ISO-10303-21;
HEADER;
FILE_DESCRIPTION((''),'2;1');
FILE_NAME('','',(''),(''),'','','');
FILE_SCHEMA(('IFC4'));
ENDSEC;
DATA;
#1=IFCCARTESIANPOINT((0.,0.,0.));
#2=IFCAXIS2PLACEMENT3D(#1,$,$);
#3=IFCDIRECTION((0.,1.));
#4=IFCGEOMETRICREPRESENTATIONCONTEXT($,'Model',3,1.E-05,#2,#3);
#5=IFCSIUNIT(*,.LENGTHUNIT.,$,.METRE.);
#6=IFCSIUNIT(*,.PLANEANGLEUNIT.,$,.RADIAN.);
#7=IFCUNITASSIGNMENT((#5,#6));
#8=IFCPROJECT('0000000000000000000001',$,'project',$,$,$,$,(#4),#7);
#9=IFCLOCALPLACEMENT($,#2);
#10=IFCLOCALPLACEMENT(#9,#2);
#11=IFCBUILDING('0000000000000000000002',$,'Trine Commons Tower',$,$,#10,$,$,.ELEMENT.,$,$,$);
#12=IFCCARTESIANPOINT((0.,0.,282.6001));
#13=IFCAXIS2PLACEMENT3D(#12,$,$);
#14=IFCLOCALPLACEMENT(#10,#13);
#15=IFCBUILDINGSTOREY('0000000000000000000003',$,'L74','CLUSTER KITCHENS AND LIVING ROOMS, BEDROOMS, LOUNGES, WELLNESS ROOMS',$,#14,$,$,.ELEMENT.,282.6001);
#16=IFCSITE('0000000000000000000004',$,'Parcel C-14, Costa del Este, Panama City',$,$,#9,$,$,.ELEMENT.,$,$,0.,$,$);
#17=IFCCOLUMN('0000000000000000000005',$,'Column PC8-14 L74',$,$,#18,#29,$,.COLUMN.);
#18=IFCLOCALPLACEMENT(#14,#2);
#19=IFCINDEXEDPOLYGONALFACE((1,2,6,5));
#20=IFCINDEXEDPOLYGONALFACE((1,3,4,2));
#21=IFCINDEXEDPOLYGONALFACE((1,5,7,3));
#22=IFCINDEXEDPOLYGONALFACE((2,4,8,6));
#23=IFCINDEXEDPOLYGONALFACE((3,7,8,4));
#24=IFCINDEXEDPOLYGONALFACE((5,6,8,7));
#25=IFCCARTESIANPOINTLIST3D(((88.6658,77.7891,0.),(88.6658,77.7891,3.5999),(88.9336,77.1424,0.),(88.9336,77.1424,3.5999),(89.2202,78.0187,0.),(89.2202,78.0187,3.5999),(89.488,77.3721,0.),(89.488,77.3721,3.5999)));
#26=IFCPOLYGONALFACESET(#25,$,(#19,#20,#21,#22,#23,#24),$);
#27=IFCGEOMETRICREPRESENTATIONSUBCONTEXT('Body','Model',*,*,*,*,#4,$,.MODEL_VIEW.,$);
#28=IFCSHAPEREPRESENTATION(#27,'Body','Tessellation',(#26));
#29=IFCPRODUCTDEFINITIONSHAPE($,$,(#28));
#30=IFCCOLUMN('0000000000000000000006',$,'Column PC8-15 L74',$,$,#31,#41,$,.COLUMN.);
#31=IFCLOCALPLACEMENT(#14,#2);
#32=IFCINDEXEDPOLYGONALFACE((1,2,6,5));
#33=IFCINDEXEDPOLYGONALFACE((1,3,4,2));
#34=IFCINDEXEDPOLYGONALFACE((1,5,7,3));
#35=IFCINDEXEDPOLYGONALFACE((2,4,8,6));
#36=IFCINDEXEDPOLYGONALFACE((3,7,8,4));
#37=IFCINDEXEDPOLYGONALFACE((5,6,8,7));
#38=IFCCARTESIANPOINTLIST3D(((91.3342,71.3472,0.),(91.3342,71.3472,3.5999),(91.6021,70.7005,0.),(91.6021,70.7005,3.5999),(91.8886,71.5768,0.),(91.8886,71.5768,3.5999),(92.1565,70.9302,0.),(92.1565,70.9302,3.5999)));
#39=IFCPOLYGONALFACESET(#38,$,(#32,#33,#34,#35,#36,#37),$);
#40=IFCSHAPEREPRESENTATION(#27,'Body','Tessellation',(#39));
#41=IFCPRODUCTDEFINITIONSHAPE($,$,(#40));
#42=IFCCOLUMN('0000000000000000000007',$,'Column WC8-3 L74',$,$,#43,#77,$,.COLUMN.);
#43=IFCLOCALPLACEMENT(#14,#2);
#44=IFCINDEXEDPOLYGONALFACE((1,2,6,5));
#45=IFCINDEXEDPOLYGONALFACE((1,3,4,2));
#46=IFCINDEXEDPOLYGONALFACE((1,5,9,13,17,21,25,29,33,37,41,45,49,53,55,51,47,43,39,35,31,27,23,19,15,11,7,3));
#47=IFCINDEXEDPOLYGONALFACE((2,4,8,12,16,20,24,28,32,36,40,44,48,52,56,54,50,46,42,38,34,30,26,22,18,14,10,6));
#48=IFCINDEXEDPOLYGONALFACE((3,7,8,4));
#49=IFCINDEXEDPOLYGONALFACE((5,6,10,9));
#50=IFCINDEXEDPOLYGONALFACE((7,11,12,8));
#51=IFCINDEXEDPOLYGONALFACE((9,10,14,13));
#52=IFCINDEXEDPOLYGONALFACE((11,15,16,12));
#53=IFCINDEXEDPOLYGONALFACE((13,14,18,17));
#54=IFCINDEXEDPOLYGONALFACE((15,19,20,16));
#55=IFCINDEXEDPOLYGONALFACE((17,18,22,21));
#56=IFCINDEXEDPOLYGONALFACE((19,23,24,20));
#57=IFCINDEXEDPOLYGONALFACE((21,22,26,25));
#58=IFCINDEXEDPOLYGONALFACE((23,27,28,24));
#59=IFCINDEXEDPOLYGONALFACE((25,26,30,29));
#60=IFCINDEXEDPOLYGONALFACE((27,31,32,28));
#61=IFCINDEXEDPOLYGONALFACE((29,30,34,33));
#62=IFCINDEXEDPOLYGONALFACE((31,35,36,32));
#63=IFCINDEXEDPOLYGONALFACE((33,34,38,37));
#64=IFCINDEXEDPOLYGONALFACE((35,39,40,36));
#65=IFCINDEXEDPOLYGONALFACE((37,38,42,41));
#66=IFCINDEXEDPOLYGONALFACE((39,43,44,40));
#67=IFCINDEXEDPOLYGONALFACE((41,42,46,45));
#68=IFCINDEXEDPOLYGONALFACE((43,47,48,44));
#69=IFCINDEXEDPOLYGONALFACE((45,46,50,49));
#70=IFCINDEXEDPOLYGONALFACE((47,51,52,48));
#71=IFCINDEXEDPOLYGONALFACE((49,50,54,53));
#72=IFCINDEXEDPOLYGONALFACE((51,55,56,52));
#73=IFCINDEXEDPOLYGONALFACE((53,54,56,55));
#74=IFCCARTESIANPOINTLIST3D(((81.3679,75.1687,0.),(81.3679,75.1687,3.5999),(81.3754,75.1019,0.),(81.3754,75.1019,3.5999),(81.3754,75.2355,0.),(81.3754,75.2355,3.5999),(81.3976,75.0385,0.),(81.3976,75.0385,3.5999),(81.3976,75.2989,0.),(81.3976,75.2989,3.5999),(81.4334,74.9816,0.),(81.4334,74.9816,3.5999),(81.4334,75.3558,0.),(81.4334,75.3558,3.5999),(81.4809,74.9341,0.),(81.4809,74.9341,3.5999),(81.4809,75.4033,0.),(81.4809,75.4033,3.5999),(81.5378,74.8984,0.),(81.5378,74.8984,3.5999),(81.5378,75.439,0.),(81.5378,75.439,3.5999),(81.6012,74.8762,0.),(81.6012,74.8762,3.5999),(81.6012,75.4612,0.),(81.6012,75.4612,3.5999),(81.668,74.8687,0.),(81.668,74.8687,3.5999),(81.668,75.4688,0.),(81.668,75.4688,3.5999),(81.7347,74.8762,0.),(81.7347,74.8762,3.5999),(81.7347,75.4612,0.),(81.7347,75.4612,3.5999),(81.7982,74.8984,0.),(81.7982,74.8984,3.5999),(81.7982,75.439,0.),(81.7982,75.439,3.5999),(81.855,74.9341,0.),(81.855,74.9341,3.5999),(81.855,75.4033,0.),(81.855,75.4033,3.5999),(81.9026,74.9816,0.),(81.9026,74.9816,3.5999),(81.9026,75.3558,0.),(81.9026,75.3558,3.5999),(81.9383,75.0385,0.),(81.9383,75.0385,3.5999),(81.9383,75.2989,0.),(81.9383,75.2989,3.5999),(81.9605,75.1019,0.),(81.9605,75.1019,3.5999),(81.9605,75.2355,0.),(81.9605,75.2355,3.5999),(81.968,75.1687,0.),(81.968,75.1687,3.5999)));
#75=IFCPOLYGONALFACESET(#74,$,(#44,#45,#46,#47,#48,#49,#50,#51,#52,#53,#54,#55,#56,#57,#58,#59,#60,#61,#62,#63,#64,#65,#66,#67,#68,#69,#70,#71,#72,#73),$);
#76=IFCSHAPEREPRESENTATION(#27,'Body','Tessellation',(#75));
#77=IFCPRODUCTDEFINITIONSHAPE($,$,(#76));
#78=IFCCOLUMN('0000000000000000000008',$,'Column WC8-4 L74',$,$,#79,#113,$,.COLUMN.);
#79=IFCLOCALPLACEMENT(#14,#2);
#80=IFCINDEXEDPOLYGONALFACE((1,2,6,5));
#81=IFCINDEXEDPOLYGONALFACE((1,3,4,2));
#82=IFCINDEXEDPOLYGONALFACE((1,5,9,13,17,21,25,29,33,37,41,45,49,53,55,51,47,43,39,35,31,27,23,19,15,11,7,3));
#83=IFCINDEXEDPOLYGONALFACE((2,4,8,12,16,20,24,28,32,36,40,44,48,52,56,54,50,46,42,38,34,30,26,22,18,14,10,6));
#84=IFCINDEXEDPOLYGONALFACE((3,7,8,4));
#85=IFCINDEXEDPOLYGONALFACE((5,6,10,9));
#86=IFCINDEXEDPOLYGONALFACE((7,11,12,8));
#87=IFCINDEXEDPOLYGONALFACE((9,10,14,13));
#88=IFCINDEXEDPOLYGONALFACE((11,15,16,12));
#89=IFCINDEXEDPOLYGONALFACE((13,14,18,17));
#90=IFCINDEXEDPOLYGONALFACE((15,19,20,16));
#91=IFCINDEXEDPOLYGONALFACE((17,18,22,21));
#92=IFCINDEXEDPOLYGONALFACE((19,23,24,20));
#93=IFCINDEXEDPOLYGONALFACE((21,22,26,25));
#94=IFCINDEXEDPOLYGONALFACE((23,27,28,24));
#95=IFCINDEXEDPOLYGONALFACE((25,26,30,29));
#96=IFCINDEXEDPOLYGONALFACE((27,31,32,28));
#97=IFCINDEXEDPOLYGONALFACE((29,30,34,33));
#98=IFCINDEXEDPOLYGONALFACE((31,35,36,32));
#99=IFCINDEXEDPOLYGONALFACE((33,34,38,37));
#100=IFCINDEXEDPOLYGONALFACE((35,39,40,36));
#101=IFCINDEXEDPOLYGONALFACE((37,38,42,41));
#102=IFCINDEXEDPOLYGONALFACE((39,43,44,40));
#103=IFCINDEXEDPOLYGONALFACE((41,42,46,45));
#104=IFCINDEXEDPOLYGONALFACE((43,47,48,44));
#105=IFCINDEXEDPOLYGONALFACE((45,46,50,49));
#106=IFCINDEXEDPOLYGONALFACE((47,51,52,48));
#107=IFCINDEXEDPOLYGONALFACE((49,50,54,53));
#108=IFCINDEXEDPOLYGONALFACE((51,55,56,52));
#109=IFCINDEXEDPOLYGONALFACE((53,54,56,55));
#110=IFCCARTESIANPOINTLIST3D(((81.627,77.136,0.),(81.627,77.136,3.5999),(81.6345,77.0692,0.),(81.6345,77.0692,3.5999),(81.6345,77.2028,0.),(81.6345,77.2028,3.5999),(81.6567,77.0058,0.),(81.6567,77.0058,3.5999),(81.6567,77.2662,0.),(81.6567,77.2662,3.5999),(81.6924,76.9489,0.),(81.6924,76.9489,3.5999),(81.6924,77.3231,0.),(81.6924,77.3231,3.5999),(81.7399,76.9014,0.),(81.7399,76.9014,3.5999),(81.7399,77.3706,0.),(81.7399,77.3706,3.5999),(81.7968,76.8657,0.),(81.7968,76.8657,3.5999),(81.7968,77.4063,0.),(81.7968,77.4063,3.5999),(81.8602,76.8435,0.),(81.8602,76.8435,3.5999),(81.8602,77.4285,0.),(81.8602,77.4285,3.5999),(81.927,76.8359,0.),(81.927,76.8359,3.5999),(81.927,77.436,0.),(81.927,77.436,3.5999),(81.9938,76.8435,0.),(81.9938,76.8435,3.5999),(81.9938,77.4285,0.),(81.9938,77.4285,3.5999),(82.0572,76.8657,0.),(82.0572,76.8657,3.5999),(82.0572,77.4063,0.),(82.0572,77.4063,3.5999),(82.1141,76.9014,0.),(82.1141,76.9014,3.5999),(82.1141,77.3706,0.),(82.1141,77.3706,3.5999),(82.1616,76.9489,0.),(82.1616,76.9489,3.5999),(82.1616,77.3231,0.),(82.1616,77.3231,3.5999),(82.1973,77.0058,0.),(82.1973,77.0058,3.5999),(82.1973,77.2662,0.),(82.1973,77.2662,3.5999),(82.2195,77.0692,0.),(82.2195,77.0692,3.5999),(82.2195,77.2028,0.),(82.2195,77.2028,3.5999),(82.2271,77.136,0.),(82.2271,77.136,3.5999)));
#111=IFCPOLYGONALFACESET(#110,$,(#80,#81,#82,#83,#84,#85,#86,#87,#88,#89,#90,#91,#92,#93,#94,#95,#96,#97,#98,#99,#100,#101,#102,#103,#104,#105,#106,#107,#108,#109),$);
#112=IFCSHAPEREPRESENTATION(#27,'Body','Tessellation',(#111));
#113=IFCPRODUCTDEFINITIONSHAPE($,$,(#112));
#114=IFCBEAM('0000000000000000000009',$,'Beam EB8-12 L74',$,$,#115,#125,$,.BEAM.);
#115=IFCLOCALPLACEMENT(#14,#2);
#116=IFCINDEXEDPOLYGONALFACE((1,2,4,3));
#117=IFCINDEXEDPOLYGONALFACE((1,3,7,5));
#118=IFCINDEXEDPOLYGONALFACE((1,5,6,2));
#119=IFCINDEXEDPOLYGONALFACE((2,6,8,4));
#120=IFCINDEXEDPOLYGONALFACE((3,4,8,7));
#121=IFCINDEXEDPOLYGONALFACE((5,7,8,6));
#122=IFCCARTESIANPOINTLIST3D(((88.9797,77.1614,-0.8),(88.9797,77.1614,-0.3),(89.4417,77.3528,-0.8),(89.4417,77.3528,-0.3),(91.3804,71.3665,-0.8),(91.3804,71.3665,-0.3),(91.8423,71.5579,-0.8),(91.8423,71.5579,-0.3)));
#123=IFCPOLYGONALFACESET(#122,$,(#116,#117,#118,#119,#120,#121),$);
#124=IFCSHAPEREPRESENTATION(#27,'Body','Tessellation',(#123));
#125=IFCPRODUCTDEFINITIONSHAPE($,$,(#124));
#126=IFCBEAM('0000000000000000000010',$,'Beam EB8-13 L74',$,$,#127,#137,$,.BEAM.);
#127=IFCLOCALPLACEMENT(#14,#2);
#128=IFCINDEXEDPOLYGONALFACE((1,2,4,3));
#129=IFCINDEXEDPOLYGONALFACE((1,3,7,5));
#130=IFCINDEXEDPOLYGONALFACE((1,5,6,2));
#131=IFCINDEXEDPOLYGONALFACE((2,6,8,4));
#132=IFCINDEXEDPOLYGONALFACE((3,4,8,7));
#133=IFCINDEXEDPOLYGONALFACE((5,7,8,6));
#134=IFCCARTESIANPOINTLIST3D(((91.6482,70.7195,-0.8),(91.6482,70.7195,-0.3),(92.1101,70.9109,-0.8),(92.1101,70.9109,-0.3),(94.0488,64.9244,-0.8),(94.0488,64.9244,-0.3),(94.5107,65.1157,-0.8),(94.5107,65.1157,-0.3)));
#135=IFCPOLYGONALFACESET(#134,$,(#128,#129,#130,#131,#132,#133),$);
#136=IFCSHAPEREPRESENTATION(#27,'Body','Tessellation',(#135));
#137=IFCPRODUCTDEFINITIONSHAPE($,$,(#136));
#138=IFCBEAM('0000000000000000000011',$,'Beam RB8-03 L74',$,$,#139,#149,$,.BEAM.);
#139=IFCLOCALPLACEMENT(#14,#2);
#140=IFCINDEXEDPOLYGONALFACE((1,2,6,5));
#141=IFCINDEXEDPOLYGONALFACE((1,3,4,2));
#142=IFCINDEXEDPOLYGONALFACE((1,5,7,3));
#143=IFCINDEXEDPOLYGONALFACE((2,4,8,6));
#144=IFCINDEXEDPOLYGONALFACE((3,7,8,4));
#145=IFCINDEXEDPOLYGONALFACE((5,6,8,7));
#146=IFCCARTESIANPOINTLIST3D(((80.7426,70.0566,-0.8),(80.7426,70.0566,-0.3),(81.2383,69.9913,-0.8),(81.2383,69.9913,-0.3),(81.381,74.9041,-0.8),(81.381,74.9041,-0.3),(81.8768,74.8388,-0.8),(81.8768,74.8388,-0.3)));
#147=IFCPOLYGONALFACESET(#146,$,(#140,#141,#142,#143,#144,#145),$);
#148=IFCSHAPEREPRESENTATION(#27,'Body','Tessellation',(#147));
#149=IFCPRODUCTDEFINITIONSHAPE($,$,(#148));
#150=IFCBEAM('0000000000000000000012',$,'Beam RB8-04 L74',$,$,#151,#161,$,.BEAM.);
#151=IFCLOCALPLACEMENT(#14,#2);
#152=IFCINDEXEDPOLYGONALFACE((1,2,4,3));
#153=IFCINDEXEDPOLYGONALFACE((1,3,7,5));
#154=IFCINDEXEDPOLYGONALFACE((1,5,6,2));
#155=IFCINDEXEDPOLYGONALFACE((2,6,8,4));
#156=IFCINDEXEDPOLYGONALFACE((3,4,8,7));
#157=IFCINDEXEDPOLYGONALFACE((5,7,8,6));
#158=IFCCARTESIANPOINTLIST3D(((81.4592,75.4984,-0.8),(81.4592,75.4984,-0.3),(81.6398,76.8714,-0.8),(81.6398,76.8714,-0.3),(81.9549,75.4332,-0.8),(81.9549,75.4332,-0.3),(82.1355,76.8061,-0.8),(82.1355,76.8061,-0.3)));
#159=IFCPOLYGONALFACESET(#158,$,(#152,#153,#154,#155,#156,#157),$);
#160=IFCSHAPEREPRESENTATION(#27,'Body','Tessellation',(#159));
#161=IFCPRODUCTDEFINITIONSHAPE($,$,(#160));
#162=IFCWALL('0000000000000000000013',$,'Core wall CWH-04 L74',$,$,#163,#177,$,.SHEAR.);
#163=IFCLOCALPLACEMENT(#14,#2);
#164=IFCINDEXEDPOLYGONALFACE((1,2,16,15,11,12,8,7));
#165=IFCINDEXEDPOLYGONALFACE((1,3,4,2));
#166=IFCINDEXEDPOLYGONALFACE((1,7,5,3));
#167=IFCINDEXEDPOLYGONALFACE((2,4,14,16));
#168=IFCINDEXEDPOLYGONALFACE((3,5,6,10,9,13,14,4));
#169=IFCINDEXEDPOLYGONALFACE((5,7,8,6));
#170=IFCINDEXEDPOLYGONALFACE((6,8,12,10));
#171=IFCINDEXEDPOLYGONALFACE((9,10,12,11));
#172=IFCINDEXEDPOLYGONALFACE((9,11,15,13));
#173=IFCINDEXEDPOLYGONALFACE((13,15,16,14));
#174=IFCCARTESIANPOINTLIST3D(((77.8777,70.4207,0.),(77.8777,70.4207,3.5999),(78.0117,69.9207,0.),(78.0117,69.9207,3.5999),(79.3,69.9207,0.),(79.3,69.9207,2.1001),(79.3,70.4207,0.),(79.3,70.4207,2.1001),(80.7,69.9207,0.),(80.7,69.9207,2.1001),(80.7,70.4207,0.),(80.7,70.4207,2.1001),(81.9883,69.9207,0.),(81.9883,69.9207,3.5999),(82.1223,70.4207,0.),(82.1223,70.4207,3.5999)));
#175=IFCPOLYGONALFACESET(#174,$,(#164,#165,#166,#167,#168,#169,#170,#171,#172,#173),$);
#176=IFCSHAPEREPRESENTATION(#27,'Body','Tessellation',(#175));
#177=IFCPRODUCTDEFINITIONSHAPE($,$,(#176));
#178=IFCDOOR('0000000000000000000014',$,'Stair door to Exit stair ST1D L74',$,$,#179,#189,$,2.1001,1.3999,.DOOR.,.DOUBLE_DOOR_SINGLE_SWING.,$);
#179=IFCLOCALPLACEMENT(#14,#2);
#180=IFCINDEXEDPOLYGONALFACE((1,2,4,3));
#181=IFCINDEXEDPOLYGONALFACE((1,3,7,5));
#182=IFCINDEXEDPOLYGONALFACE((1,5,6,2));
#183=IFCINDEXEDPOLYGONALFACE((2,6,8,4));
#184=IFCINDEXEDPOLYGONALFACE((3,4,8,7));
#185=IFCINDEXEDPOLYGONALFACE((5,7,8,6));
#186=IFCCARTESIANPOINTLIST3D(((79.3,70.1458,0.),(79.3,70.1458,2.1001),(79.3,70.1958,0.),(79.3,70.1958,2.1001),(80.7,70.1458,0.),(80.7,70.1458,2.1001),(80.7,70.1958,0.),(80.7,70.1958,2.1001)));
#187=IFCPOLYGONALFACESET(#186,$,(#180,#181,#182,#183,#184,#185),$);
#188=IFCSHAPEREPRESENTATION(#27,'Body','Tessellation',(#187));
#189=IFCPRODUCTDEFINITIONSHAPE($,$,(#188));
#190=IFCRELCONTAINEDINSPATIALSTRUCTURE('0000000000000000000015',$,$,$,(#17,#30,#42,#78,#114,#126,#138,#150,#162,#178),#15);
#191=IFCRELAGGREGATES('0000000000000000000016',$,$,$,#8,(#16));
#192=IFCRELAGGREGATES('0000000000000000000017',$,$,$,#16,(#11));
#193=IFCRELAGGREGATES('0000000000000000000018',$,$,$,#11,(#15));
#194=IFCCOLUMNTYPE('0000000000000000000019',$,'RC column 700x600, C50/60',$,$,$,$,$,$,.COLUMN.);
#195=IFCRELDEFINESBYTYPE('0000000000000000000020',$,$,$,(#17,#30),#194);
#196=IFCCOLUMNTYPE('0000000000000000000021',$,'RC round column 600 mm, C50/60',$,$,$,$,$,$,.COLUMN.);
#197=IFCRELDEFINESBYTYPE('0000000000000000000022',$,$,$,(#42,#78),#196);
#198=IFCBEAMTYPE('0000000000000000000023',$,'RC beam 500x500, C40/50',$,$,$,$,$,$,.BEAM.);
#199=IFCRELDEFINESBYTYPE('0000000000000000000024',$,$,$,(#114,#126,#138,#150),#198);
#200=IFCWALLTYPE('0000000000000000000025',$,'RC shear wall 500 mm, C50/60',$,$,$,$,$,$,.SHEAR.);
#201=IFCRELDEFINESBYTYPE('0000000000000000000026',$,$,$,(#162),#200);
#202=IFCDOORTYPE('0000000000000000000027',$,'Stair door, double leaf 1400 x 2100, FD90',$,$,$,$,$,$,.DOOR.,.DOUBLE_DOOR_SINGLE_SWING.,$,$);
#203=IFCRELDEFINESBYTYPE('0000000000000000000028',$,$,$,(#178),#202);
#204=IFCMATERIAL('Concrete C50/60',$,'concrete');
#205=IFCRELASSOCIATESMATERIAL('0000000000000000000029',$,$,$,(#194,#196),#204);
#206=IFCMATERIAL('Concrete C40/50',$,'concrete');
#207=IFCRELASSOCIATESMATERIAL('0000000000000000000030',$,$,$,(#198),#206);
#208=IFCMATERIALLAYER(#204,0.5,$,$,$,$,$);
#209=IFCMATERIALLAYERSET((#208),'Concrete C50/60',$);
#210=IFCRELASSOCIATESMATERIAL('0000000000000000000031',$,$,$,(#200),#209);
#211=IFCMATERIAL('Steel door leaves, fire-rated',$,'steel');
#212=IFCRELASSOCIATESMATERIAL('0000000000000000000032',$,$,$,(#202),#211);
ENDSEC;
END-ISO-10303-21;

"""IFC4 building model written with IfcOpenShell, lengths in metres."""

from ifc_helpers import new_model, si_unit, direction, frame, frame_2d, origin, origin_2d, place, context, subcontext, project, spatial, polyline, rectangle, circle, outline, extrude, material, layer, layer_set, material_profile, profile_set, type_object, element, fill, save


model = new_model("IFC4")

# Units and contexts
model_context = context("Model", 3, precision=1e-05, world=origin(), true_north=direction((0.0, 1.0)))
body_context = subcontext(model_context, "Body", "Model", "MODEL_VIEW")
ifc_project = project(units=[si_unit("LENGTHUNIT", "METRE"), si_unit("PLANEANGLEUNIT", "RADIAN")], contexts=[model_context])

# Site, building, storey
site_placement = place(None, origin())
site = spatial("IfcSite", under=ifc_project, at=site_placement, Name="Parcel C-14, Costa del Este, Panama City", CompositionType="ELEMENT", RefElevation=0.0)
building_placement = place(site_placement, origin())
building = spatial("IfcBuilding", under=site, at=building_placement, Name="Trine Commons Tower", CompositionType="ELEMENT")
storey_placement = place(building_placement, frame((0.0, 0.0, 282.6001)))
storey = spatial("IfcBuildingStorey", under=building, at=storey_placement, Name="L74", Description="CLUSTER KITCHENS AND LIVING ROOMS, BEDROOMS, LOUNGES, WELLNESS ROOMS", CompositionType="ELEMENT", Elevation=282.6001)

# Columns
ifc_material_1 = material(Name="Concrete C50/60", Category="concrete")
ifc_material_profile_1 = material_profile(ifc_material_1, rectangle(XDim=0.7, YDim=0.6001, at=origin_2d()), Name="RC 700x600")
ifc_profile_set_1 = profile_set([ifc_material_profile_1], Name="Concrete C50/60")
column_type_1 = type_object("IfcColumnType", Name="RC column 700x600, C50/60", PredefinedType="COLUMN", material=ifc_profile_set_1)
for number, where, z_axis, x_axis, name in (
    (1, (89.0769, 77.5806, 0.0), (0.0, 0.0, 1.0), (-0.382683, 0.92388, 0.0), "Column PC8-14 L74"),
    (2, (91.7454, 71.1387, 0.0), (0.0, 0.0, 1.0), (-0.382683, 0.92388, 0.0), "Column PC8-15 L74"),
):
    element("IfcColumn", number, at=place(storey_placement, frame(where, z_axis=z_axis, x_axis=x_axis)), inside=storey, type_object=column_type_1, Name=name, PredefinedType="COLUMN", context=body_context, shape_type="SweptSolid", body=[
        extrude(rectangle(XDim=0.7, YDim=0.6001, at=origin_2d()), origin(), (0.0, 0.0, 1.0), 3.5999),
    ])
ifc_material_profile_2 = material_profile(ifc_material_1, circle(Radius=0.3, at=origin_2d()), Name="RC round 600")
ifc_profile_set_2 = profile_set([ifc_material_profile_2], Name="Concrete C50/60")
column_type_2 = type_object("IfcColumnType", Name="RC round column 600 mm, C50/60", PredefinedType="COLUMN", material=ifc_profile_set_2)
for number, where, z_axis, x_axis, name in (
    (3, (81.668, 75.1687, 0.0), (0.0, 0.0, 1.0), (1.0, 0.0, 0.0), "Column WC8-3 L74"),
    (4, (81.927, 77.136, 0.0), (0.0, 0.0, 1.0), (1.0, 0.0, 0.0), "Column WC8-4 L74"),
):
    element("IfcColumn", number, at=place(storey_placement, frame(where, z_axis=z_axis, x_axis=x_axis)), inside=storey, type_object=column_type_2, Name=name, PredefinedType="COLUMN", context=body_context, shape_type="SweptSolid", body=[
        extrude(circle(Radius=0.3, at=origin_2d()), origin(), (0.0, 0.0, 1.0), 3.5999),
    ])

# Beams
ifc_material_2 = material(Name="Concrete C40/50", Category="concrete")
ifc_material_profile_3 = material_profile(ifc_material_2, rectangle(XDim=0.5, YDim=0.5, at=origin_2d()), Name="RC 500x500")
ifc_profile_set_3 = profile_set([ifc_material_profile_3], Name="Concrete C40/50")
beam_type = type_object("IfcBeamType", Name="RC beam 500x500, C40/50", PredefinedType="BEAM", material=ifc_profile_set_3)
beam_1_placement = place(storey_placement, frame((89.2107, 77.2571, -0.55), z_axis=(0.382724, -0.923863, 0.0), x_axis=(0.923863, 0.382724, 0.0)))
element("IfcBeam", 5, at=beam_1_placement, inside=storey, type_object=beam_type, Name="Beam EB8-12 L74", PredefinedType="BEAM", context=body_context, shape_type="SweptSolid", body=[
    extrude(rectangle(XDim=0.5, YDim=0.5, at=origin_2d()), origin(), (0.0, 0.0, 1.0), 6.2725),
])
beam_2_placement = place(storey_placement, frame((91.8792, 70.8152, -0.55), z_axis=(0.38271, -0.923868, 0.0), x_axis=(0.923868, 0.38271, 0.0)))
element("IfcBeam", 6, at=beam_2_placement, inside=storey, type_object=beam_type, Name="Beam EB8-13 L74", PredefinedType="BEAM", context=body_context, shape_type="SweptSolid", body=[
    extrude(rectangle(XDim=0.5, YDim=0.5, at=origin_2d()), origin(), (0.0, 0.0, 1.0), 6.2727),
])
beam_3_placement = place(storey_placement, frame((80.9905, 70.0239, -0.55), z_axis=(0.130571, 0.991439, 0.0), x_axis=(-0.991439, 0.130571, 0.0)))
element("IfcBeam", 7, at=beam_3_placement, inside=storey, type_object=beam_type, Name="Beam RB8-03 L74", PredefinedType="BEAM", context=body_context, shape_type="SweptSolid", body=[
    extrude(rectangle(XDim=0.5, YDim=0.5, at=origin_2d()), origin(), (0.0, 0.0, 1.0), 4.8894),
])
beam_4_placement = place(storey_placement, frame((81.707, 75.4658, -0.55), z_axis=(0.130455, 0.991454, 0.0), x_axis=(-0.991454, 0.130455, 0.0)))
element("IfcBeam", 8, at=beam_4_placement, inside=storey, type_object=beam_type, Name="Beam RB8-04 L74", PredefinedType="BEAM", context=body_context, shape_type="SweptSolid", body=[
    extrude(rectangle(XDim=0.5, YDim=0.5, at=origin_2d()), origin(), (0.0, 0.0, 1.0), 1.3848),
])

# Wall, opening, door
ifc_layer_1 = layer(ifc_material_1, 0.5)
ifc_layer_set_1 = layer_set([ifc_layer_1], Name="Concrete C50/60")
wall_type_1 = type_object("IfcWallType", Name="RC shear wall 500 mm, C50/60", PredefinedType="SHEAR", material=ifc_layer_set_1)
wall_1_placement = place(storey_placement, frame((82.1223, 70.1707, 0.0), z_axis=(0.0, 0.0, 1.0), x_axis=(-1.0, 0.0, 0.0)))
wall_1 = element("IfcWall", 9, at=wall_1_placement, inside=storey, type_object=wall_type_1, Name="Core wall CWH-04 L74", PredefinedType="SHEAR", context=body_context, shape_type="SweptSolid", body=[
    extrude(outline(polyline([(0.0, -0.25), (4.2446, -0.25), (4.1106, 0.25), (0.134, 0.25), (0.0, -0.25)])), origin(), (0.0, 0.0, 1.0), 3.5999),
])
opening_1_placement = place(wall_1_placement, frame((1.4224, 0.0, 0.0)))
opening_1 = element("IfcOpeningElement", 10, at=opening_1_placement, cuts=wall_1, PredefinedType="OPENING", context=body_context, shape_type="SweptSolid", body=[
    extrude(rectangle(XDim=1.3999, YDim=2.1001, at=frame_2d((0.7, 1.05))), frame((0.0, 0.26, 0.0), z_axis=(0.0, -1.0, 0.0), x_axis=(1.0, 0.0, 0.0)), (0.0, 0.0, 1.0), 0.52),
])
ifc_material_3 = material(Name="Steel door leaves, fire-rated", Category="steel")
door_type_1 = type_object("IfcDoorType", Name="Stair door, double leaf 1400 x 2100, FD90", OperationType="DOUBLE_DOOR_SINGLE_SWING", PredefinedType="DOOR", material=ifc_material_3)
door_1_placement = place(opening_1_placement, origin())
door_1 = element("IfcDoor", 11, at=door_1_placement, inside=storey, type_object=door_type_1, Name="Stair door to Exit stair ST1D L74", OperationType="DOUBLE_DOOR_SINGLE_SWING", OverallHeight=2.1001, OverallWidth=1.3999, PredefinedType="DOOR", context=body_context, shape_type="SweptSolid", body=[
    extrude(rectangle(XDim=1.3999, YDim=2.1001, at=frame_2d((0.7, 1.05))), frame((0.0, 0.0249, 0.0), z_axis=(0.0, -1.0, 0.0), x_axis=(1.0, 0.0, 0.0)), (0.0, 0.0, 1.0), 0.05),
])
fill(opening_1, door_1)

save(model, "model.ifc")
